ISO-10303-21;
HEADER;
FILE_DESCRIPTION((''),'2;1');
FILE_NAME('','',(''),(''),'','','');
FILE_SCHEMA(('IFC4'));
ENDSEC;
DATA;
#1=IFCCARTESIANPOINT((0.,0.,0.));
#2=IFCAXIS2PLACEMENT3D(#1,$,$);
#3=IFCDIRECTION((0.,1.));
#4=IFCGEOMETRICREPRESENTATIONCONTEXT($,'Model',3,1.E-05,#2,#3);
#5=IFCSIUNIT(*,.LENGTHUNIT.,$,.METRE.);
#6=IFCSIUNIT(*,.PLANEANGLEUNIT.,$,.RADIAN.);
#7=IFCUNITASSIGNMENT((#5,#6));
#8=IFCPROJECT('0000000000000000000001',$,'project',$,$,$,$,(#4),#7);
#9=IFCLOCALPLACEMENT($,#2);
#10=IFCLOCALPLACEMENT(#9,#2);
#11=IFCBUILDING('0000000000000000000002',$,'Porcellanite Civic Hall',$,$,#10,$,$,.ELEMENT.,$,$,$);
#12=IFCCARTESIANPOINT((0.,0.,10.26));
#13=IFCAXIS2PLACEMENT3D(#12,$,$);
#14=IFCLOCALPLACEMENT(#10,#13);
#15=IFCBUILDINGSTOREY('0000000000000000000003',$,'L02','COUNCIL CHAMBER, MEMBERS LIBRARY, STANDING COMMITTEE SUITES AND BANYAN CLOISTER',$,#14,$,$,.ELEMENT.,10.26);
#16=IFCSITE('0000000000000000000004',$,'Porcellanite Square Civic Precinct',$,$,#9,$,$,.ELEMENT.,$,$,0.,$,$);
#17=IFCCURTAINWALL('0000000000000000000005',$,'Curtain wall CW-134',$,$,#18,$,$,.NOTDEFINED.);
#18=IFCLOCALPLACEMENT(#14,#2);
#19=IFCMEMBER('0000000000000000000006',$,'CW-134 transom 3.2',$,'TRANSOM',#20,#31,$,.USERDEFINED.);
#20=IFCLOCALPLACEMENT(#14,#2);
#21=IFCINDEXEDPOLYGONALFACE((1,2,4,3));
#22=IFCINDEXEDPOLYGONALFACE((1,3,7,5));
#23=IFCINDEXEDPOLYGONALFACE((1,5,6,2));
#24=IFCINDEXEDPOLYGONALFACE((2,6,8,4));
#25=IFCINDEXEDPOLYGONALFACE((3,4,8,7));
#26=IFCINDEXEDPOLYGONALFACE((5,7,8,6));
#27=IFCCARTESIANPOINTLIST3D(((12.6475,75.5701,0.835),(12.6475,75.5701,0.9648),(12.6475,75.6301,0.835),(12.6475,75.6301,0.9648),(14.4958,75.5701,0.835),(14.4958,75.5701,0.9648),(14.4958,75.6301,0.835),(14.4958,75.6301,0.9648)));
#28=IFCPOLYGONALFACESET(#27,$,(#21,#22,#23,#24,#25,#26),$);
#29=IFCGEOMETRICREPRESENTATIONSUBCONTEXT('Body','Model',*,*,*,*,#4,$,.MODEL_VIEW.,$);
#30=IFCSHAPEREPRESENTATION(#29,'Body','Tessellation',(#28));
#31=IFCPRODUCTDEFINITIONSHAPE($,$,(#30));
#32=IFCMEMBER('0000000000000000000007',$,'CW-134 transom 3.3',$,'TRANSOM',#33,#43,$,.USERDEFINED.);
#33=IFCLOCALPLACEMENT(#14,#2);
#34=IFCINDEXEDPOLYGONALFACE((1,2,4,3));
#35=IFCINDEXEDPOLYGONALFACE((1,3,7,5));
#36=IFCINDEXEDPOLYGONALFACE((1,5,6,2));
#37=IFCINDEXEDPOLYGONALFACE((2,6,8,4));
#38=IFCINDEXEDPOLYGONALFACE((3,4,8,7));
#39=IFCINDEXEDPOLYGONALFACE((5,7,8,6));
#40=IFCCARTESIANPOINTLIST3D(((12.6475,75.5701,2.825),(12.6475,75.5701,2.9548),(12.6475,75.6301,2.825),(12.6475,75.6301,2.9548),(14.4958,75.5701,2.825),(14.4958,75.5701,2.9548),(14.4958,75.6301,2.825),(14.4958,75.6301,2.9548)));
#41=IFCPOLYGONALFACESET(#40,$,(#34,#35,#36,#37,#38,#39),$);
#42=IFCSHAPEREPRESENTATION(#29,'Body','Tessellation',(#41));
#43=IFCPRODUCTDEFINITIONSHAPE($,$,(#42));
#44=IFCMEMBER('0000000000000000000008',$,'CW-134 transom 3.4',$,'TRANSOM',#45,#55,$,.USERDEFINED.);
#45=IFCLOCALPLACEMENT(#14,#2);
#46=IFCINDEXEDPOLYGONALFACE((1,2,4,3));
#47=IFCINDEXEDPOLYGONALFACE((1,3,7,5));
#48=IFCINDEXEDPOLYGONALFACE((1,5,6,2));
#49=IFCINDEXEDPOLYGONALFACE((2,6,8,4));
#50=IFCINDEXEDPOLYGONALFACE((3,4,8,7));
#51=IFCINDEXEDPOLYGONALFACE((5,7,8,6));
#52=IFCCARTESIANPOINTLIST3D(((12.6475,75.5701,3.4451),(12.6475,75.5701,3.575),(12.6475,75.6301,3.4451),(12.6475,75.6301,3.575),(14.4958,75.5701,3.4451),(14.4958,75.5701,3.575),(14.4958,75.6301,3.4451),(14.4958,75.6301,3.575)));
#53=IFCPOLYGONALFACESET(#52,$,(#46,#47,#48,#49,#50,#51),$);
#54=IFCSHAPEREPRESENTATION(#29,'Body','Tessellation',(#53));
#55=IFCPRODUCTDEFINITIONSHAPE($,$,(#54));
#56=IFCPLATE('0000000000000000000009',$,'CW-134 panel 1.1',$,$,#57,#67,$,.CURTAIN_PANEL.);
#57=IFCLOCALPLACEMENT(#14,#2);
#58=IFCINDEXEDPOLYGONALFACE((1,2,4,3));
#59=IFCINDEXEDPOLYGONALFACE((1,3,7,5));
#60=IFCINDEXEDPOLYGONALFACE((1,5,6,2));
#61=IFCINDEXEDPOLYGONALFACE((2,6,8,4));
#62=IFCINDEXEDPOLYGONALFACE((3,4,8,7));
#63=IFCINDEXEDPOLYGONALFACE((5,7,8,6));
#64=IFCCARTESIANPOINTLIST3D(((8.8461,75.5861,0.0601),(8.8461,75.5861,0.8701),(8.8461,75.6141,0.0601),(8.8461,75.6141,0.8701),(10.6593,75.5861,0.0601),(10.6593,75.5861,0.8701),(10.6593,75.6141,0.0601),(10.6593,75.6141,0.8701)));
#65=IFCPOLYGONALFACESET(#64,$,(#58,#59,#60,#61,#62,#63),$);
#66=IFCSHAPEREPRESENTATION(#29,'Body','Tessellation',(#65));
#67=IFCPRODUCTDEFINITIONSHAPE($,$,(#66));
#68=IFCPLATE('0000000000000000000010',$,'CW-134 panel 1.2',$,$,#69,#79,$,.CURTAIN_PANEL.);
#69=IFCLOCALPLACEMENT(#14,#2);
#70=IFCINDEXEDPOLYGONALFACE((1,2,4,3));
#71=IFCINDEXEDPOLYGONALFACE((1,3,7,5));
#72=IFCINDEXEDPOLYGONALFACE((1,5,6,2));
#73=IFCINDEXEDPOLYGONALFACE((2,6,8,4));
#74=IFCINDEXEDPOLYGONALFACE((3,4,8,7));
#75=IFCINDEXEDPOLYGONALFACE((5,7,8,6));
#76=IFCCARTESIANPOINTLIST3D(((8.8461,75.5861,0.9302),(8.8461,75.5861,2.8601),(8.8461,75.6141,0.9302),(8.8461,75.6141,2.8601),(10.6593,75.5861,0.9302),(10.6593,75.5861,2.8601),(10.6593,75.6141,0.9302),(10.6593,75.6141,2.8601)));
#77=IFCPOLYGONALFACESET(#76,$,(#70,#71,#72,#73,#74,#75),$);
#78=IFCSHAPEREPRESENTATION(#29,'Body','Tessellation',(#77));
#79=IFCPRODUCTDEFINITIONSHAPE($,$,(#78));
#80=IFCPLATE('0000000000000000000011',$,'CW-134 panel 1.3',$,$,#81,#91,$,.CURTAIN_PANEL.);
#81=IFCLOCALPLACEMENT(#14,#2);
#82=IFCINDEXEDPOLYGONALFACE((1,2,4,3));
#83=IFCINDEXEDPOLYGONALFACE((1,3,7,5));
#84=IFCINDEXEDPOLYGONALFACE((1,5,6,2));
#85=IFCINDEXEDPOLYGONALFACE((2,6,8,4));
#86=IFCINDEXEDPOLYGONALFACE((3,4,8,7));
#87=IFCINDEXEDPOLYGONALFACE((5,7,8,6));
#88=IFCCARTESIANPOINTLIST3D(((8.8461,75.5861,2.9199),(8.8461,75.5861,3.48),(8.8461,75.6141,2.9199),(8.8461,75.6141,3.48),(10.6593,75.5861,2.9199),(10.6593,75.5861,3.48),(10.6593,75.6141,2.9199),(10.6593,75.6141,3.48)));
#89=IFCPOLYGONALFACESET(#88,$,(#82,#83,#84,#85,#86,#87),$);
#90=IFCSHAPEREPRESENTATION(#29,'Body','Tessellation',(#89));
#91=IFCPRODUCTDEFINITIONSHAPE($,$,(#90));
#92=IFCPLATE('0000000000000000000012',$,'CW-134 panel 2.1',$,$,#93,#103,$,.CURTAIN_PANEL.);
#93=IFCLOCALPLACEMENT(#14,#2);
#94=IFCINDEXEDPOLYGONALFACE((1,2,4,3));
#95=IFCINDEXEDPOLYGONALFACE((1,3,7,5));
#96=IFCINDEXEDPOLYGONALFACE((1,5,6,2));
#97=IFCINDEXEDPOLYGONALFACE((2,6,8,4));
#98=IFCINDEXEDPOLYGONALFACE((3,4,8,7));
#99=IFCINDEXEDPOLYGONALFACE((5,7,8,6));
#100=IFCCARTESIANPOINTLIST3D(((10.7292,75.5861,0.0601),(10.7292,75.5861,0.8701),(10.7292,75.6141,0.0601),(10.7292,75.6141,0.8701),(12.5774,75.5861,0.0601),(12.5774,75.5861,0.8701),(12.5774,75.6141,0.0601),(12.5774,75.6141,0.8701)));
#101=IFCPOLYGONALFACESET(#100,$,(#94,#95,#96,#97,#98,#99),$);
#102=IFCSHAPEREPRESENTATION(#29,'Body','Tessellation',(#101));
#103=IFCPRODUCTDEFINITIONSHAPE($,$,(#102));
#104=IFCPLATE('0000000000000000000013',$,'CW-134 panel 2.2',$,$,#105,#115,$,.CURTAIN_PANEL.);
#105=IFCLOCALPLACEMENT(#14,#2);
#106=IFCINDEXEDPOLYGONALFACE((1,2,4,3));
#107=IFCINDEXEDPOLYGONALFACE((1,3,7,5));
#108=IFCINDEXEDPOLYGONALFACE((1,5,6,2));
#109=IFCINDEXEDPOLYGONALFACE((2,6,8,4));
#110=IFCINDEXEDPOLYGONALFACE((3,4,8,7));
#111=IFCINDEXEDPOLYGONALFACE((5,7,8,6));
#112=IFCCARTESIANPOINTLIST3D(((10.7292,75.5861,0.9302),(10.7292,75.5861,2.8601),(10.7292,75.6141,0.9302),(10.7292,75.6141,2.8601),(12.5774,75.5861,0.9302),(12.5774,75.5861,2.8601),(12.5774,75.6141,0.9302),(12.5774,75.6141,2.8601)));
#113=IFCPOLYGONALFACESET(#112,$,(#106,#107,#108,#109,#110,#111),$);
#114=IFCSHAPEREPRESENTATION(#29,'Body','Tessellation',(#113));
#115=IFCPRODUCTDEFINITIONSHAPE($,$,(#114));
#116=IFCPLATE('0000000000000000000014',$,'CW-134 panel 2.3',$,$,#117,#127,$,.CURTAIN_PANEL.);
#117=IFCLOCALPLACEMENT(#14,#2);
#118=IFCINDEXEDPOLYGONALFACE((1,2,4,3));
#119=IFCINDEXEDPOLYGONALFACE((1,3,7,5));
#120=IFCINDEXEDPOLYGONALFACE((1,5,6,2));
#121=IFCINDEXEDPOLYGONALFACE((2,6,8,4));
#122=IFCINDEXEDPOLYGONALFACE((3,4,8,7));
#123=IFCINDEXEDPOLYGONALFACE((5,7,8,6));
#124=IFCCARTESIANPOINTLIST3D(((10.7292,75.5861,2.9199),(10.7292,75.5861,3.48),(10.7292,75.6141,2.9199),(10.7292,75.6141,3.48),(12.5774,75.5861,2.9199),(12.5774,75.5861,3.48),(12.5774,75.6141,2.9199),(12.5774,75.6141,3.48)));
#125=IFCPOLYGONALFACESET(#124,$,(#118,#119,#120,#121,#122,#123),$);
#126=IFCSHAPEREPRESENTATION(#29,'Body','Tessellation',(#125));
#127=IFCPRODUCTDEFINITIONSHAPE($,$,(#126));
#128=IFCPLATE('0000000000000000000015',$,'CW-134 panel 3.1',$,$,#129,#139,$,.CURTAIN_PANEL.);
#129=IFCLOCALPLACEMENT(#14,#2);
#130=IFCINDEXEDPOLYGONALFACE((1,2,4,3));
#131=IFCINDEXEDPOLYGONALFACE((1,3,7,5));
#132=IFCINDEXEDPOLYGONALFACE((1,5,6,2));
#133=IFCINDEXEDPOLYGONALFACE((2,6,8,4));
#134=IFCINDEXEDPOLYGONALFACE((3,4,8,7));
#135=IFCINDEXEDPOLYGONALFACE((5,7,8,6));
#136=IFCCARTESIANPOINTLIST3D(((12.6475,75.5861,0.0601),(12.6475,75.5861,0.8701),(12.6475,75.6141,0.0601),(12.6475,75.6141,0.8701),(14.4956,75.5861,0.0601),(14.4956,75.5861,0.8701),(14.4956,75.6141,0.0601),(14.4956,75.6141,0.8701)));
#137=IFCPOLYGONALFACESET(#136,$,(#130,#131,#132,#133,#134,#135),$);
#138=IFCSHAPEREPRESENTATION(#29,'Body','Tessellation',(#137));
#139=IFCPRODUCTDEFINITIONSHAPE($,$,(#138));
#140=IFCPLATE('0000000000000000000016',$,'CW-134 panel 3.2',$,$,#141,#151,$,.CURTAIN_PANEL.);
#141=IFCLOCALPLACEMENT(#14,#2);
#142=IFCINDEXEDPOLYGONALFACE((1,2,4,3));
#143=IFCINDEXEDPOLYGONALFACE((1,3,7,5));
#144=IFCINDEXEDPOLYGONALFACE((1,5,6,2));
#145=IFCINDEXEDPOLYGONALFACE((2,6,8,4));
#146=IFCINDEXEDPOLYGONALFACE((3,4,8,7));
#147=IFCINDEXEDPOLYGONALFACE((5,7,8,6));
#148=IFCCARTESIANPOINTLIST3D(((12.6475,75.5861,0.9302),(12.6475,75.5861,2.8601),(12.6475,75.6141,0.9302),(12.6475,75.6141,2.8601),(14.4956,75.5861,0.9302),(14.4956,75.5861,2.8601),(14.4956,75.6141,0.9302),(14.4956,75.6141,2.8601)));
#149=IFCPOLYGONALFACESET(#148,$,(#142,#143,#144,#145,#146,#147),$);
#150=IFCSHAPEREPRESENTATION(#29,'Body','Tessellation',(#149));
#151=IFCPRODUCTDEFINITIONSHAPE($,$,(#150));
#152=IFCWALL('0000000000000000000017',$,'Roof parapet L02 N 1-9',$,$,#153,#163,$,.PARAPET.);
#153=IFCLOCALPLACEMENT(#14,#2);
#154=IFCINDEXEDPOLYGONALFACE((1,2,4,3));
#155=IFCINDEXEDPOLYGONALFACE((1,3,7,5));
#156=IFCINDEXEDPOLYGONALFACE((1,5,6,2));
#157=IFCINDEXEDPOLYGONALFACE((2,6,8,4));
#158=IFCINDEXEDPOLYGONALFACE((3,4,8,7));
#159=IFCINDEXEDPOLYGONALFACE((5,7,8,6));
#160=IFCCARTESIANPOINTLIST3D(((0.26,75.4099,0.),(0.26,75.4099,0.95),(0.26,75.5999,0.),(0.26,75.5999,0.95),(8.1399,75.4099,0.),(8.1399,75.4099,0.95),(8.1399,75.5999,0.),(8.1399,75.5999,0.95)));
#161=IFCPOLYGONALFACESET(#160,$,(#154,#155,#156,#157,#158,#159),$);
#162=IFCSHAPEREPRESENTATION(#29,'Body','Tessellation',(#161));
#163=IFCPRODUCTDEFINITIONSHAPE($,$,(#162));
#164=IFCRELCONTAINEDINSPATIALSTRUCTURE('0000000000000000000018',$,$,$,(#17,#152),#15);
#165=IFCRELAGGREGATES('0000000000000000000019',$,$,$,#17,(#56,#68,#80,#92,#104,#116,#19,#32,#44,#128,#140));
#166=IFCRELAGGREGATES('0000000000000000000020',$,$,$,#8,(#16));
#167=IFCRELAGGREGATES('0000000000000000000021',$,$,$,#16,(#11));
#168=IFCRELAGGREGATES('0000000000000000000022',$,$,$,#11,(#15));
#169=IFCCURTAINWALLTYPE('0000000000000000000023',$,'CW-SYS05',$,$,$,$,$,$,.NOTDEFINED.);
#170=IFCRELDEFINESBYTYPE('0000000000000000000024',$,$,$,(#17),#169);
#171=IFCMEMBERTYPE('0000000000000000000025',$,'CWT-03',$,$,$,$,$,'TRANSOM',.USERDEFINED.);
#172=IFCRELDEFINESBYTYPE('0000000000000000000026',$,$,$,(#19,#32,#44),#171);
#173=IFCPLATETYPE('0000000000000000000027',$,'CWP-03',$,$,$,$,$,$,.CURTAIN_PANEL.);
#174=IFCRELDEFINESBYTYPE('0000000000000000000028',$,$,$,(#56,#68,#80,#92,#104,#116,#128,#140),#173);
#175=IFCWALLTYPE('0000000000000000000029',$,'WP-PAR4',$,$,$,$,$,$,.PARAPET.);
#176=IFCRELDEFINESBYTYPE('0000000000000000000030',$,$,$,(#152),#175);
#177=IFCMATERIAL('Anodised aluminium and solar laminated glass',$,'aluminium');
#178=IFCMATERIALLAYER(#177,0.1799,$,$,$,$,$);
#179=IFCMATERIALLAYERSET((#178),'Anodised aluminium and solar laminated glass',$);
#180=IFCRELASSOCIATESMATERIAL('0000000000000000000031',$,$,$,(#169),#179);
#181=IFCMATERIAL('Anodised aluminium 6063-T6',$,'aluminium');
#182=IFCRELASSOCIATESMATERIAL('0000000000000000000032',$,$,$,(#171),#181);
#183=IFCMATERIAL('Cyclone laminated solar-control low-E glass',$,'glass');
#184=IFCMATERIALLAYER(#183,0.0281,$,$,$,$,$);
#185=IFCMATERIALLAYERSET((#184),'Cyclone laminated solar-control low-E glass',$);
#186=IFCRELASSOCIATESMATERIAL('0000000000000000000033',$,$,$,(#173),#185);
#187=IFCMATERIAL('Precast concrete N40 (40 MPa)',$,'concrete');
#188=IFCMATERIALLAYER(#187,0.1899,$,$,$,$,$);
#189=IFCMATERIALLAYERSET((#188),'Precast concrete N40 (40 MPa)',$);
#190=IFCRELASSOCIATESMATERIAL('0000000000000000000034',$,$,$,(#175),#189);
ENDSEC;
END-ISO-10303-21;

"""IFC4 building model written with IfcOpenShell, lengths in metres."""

from ifc_helpers import new_model, si_unit, direction, frame, frame_2d, origin, origin_2d, place, context, subcontext, project, spatial, rectangle, extrude, material, layer, layer_set, material_profile, profile_set, type_object, element, aggregate, save


model = new_model("IFC4")

# Units and contexts
model_context = context("Model", 3, precision=1e-05, world=origin(), true_north=direction((0.0, 1.0)))
body_context = subcontext(model_context, "Body", "Model", "MODEL_VIEW")
ifc_project = project(units=[si_unit("LENGTHUNIT", "METRE"), si_unit("PLANEANGLEUNIT", "RADIAN")], contexts=[model_context])

# Site, building, storey
site_placement = place(None, origin())
site = spatial("IfcSite", under=ifc_project, at=site_placement, Name="Porcellanite Square Civic Precinct", CompositionType="ELEMENT", RefElevation=0.0)
building_placement = place(site_placement, origin())
building = spatial("IfcBuilding", under=site, at=building_placement, Name="Porcellanite Civic Hall", CompositionType="ELEMENT")
storey_placement = place(building_placement, frame((0.0, 0.0, 10.26)))
storey = spatial("IfcBuildingStorey", under=building, at=storey_placement, Name="L02", Description="COUNCIL CHAMBER, MEMBERS LIBRARY, STANDING COMMITTEE SUITES AND BANYAN CLOISTER", CompositionType="ELEMENT", Elevation=10.26)

# Curtain wall, members, plates
ifc_material_1 = material(Name="Anodised aluminium and solar laminated glass", Category="aluminium")
ifc_layer_1 = layer(ifc_material_1, 0.1799)
ifc_layer_set_1 = layer_set([ifc_layer_1], Name="Anodised aluminium and solar laminated glass")
curtain_wall_type = type_object("IfcCurtainWallType", Name="CW-SYS05", PredefinedType="NOTDEFINED", material=ifc_layer_set_1)
curtain_wall_placement = place(storey_placement, origin())
curtain_wall = element("IfcCurtainWall", 1, at=curtain_wall_placement, inside=storey, type_object=curtain_wall_type, Name="Curtain wall CW-134", PredefinedType="NOTDEFINED")
ifc_material_2 = material(Name="Anodised aluminium 6063-T6", Category="aluminium")
ifc_material_profile_1 = material_profile(ifc_material_2, rectangle(XDim=0.0601, YDim=0.1299, at=origin_2d()), Name="AL-60x130")
ifc_profile_set_1 = profile_set([ifc_material_profile_1], Name="Anodised aluminium 6063-T6")
member_type_1 = type_object("IfcMemberType", Name="CWT-03", ElementType="TRANSOM", PredefinedType="USERDEFINED", material=ifc_profile_set_1)
member_1_placement = place(storey_placement, frame((12.6475, 75.6001, 0.8999), z_axis=(1.0, 0.0, 0.0), x_axis=(0.0, 1.0, 0.0)))
member_1 = element("IfcMember", 2, at=member_1_placement, type_object=member_type_1, Name="CW-134 transom 3.2", ObjectType="TRANSOM", PredefinedType="USERDEFINED", context=body_context, shape_type="SweptSolid", body=[
    extrude(rectangle(XDim=0.0601, YDim=0.1299, at=origin_2d()), origin(), (0.0, 0.0, 1.0), 1.8484),
])
member_2_placement = place(storey_placement, frame((12.6475, 75.6001, 2.8899), z_axis=(1.0, 0.0, 0.0), x_axis=(0.0, 1.0, 0.0)))
member_2 = element("IfcMember", 3, at=member_2_placement, type_object=member_type_1, Name="CW-134 transom 3.3", ObjectType="TRANSOM", PredefinedType="USERDEFINED", context=body_context, shape_type="SweptSolid", body=[
    extrude(rectangle(XDim=0.0601, YDim=0.1299, at=origin_2d()), origin(), (0.0, 0.0, 1.0), 1.8484),
])
member_3_placement = place(storey_placement, frame((12.6475, 75.6001, 3.51), z_axis=(1.0, 0.0, 0.0), x_axis=(0.0, 1.0, 0.0)))
member_3 = element("IfcMember", 4, at=member_3_placement, type_object=member_type_1, Name="CW-134 transom 3.4", ObjectType="TRANSOM", PredefinedType="USERDEFINED", context=body_context, shape_type="SweptSolid", body=[
    extrude(rectangle(XDim=0.0601, YDim=0.1299, at=origin_2d()), origin(), (0.0, 0.0, 1.0), 1.8484),
])
ifc_material_3 = material(Name="Cyclone laminated solar-control low-E glass", Category="glass")
ifc_layer_2 = layer(ifc_material_3, 0.0281)
ifc_layer_set_2 = layer_set([ifc_layer_2], Name="Cyclone laminated solar-control low-E glass")
plate_type = type_object("IfcPlateType", Name="CWP-03", PredefinedType="CURTAIN_PANEL", material=ifc_layer_set_2)
plate_1_placement = place(storey_placement, frame((9.7527, 75.6001, 0.0601), z_axis=(0.0, 0.0, 1.0), x_axis=(1.0, 0.0, 0.0)))
plate_1 = element("IfcPlate", 5, at=plate_1_placement, type_object=plate_type, Name="CW-134 panel 1.1", PredefinedType="CURTAIN_PANEL", context=body_context, shape_type="SweptSolid", body=[
    extrude(rectangle(XDim=1.8132, YDim=0.0281, at=origin_2d()), origin(), (0.0, 0.0, 1.0), 0.8101),
])
plate_2_placement = place(storey_placement, frame((9.7527, 75.6001, 0.9302), z_axis=(0.0, 0.0, 1.0), x_axis=(1.0, 0.0, 0.0)))
plate_2 = element("IfcPlate", 6, at=plate_2_placement, type_object=plate_type, Name="CW-134 panel 1.2", PredefinedType="CURTAIN_PANEL", context=body_context, shape_type="SweptSolid", body=[
    extrude(rectangle(XDim=1.8132, YDim=0.0281, at=origin_2d()), origin(), (0.0, 0.0, 1.0), 1.9299),
])
plate_3_placement = place(storey_placement, frame((9.7527, 75.6001, 2.9199), z_axis=(0.0, 0.0, 1.0), x_axis=(1.0, 0.0, 0.0)))
plate_3 = element("IfcPlate", 7, at=plate_3_placement, type_object=plate_type, Name="CW-134 panel 1.3", PredefinedType="CURTAIN_PANEL", context=body_context, shape_type="SweptSolid", body=[
    extrude(rectangle(XDim=1.8132, YDim=0.0281, at=origin_2d()), origin(), (0.0, 0.0, 1.0), 0.5601),
])
plate_4_placement = place(storey_placement, frame((11.6533, 75.6001, 0.0601), z_axis=(0.0, 0.0, 1.0), x_axis=(1.0, 0.0, 0.0)))
plate_4 = element("IfcPlate", 8, at=plate_4_placement, type_object=plate_type, Name="CW-134 panel 2.1", PredefinedType="CURTAIN_PANEL", context=body_context, shape_type="SweptSolid", body=[
    extrude(rectangle(XDim=1.8481, YDim=0.0281, at=origin_2d()), origin(), (0.0, 0.0, 1.0), 0.8101),
])
plate_5_placement = place(storey_placement, frame((11.6533, 75.6001, 0.9302), z_axis=(0.0, 0.0, 1.0), x_axis=(1.0, 0.0, 0.0)))
plate_5 = element("IfcPlate", 9, at=plate_5_placement, type_object=plate_type, Name="CW-134 panel 2.2", PredefinedType="CURTAIN_PANEL", context=body_context, shape_type="SweptSolid", body=[
    extrude(rectangle(XDim=1.8481, YDim=0.0281, at=origin_2d()), origin(), (0.0, 0.0, 1.0), 1.9299),
])
plate_6_placement = place(storey_placement, frame((11.6533, 75.6001, 2.9199), z_axis=(0.0, 0.0, 1.0), x_axis=(1.0, 0.0, 0.0)))
plate_6 = element("IfcPlate", 10, at=plate_6_placement, type_object=plate_type, Name="CW-134 panel 2.3", PredefinedType="CURTAIN_PANEL", context=body_context, shape_type="SweptSolid", body=[
    extrude(rectangle(XDim=1.8481, YDim=0.0281, at=origin_2d()), origin(), (0.0, 0.0, 1.0), 0.5601),
])
plate_7_placement = place(storey_placement, frame((13.5715, 75.6001, 0.0601), z_axis=(0.0, 0.0, 1.0), x_axis=(1.0, 0.0, 0.0)))
plate_7 = element("IfcPlate", 11, at=plate_7_placement, type_object=plate_type, Name="CW-134 panel 3.1", PredefinedType="CURTAIN_PANEL", context=body_context, shape_type="SweptSolid", body=[
    extrude(rectangle(XDim=1.8481, YDim=0.0281, at=origin_2d()), origin(), (0.0, 0.0, 1.0), 0.8101),
])
plate_8_placement = place(storey_placement, frame((13.5715, 75.6001, 0.9302), z_axis=(0.0, 0.0, 1.0), x_axis=(1.0, 0.0, 0.0)))
plate_8 = element("IfcPlate", 12, at=plate_8_placement, type_object=plate_type, Name="CW-134 panel 3.2", PredefinedType="CURTAIN_PANEL", context=body_context, shape_type="SweptSolid", body=[
    extrude(rectangle(XDim=1.8481, YDim=0.0281, at=origin_2d()), origin(), (0.0, 0.0, 1.0), 1.9299),
])
aggregate(curtain_wall, [plate_1, plate_2, plate_3, plate_4, plate_5, plate_6, member_1, member_2, member_3, plate_7, plate_8])

# Wall
ifc_material_4 = material(Name="Precast concrete N40 (40 MPa)", Category="concrete")
ifc_layer_3 = layer(ifc_material_4, 0.1899)
ifc_layer_set_3 = layer_set([ifc_layer_3], Name="Precast concrete N40 (40 MPa)")
wall_type = type_object("IfcWallType", Name="WP-PAR4", PredefinedType="PARAPET", material=ifc_layer_set_3)
wall_placement = place(storey_placement, frame((0.26, 75.5049, 0.0), z_axis=(0.0, 0.0, 1.0), x_axis=(1.0, 0.0, 0.0)))
element("IfcWall", 13, at=wall_placement, inside=storey, type_object=wall_type, Name="Roof parapet L02 N 1-9", PredefinedType="PARAPET", context=body_context, shape_type="SweptSolid", body=[
    extrude(rectangle(XDim=7.8799, YDim=0.1899, at=frame_2d((3.9399, 0.0))), origin(), (0.0, 0.0, 1.0), 0.95),
])

save(model, "model.ifc")
